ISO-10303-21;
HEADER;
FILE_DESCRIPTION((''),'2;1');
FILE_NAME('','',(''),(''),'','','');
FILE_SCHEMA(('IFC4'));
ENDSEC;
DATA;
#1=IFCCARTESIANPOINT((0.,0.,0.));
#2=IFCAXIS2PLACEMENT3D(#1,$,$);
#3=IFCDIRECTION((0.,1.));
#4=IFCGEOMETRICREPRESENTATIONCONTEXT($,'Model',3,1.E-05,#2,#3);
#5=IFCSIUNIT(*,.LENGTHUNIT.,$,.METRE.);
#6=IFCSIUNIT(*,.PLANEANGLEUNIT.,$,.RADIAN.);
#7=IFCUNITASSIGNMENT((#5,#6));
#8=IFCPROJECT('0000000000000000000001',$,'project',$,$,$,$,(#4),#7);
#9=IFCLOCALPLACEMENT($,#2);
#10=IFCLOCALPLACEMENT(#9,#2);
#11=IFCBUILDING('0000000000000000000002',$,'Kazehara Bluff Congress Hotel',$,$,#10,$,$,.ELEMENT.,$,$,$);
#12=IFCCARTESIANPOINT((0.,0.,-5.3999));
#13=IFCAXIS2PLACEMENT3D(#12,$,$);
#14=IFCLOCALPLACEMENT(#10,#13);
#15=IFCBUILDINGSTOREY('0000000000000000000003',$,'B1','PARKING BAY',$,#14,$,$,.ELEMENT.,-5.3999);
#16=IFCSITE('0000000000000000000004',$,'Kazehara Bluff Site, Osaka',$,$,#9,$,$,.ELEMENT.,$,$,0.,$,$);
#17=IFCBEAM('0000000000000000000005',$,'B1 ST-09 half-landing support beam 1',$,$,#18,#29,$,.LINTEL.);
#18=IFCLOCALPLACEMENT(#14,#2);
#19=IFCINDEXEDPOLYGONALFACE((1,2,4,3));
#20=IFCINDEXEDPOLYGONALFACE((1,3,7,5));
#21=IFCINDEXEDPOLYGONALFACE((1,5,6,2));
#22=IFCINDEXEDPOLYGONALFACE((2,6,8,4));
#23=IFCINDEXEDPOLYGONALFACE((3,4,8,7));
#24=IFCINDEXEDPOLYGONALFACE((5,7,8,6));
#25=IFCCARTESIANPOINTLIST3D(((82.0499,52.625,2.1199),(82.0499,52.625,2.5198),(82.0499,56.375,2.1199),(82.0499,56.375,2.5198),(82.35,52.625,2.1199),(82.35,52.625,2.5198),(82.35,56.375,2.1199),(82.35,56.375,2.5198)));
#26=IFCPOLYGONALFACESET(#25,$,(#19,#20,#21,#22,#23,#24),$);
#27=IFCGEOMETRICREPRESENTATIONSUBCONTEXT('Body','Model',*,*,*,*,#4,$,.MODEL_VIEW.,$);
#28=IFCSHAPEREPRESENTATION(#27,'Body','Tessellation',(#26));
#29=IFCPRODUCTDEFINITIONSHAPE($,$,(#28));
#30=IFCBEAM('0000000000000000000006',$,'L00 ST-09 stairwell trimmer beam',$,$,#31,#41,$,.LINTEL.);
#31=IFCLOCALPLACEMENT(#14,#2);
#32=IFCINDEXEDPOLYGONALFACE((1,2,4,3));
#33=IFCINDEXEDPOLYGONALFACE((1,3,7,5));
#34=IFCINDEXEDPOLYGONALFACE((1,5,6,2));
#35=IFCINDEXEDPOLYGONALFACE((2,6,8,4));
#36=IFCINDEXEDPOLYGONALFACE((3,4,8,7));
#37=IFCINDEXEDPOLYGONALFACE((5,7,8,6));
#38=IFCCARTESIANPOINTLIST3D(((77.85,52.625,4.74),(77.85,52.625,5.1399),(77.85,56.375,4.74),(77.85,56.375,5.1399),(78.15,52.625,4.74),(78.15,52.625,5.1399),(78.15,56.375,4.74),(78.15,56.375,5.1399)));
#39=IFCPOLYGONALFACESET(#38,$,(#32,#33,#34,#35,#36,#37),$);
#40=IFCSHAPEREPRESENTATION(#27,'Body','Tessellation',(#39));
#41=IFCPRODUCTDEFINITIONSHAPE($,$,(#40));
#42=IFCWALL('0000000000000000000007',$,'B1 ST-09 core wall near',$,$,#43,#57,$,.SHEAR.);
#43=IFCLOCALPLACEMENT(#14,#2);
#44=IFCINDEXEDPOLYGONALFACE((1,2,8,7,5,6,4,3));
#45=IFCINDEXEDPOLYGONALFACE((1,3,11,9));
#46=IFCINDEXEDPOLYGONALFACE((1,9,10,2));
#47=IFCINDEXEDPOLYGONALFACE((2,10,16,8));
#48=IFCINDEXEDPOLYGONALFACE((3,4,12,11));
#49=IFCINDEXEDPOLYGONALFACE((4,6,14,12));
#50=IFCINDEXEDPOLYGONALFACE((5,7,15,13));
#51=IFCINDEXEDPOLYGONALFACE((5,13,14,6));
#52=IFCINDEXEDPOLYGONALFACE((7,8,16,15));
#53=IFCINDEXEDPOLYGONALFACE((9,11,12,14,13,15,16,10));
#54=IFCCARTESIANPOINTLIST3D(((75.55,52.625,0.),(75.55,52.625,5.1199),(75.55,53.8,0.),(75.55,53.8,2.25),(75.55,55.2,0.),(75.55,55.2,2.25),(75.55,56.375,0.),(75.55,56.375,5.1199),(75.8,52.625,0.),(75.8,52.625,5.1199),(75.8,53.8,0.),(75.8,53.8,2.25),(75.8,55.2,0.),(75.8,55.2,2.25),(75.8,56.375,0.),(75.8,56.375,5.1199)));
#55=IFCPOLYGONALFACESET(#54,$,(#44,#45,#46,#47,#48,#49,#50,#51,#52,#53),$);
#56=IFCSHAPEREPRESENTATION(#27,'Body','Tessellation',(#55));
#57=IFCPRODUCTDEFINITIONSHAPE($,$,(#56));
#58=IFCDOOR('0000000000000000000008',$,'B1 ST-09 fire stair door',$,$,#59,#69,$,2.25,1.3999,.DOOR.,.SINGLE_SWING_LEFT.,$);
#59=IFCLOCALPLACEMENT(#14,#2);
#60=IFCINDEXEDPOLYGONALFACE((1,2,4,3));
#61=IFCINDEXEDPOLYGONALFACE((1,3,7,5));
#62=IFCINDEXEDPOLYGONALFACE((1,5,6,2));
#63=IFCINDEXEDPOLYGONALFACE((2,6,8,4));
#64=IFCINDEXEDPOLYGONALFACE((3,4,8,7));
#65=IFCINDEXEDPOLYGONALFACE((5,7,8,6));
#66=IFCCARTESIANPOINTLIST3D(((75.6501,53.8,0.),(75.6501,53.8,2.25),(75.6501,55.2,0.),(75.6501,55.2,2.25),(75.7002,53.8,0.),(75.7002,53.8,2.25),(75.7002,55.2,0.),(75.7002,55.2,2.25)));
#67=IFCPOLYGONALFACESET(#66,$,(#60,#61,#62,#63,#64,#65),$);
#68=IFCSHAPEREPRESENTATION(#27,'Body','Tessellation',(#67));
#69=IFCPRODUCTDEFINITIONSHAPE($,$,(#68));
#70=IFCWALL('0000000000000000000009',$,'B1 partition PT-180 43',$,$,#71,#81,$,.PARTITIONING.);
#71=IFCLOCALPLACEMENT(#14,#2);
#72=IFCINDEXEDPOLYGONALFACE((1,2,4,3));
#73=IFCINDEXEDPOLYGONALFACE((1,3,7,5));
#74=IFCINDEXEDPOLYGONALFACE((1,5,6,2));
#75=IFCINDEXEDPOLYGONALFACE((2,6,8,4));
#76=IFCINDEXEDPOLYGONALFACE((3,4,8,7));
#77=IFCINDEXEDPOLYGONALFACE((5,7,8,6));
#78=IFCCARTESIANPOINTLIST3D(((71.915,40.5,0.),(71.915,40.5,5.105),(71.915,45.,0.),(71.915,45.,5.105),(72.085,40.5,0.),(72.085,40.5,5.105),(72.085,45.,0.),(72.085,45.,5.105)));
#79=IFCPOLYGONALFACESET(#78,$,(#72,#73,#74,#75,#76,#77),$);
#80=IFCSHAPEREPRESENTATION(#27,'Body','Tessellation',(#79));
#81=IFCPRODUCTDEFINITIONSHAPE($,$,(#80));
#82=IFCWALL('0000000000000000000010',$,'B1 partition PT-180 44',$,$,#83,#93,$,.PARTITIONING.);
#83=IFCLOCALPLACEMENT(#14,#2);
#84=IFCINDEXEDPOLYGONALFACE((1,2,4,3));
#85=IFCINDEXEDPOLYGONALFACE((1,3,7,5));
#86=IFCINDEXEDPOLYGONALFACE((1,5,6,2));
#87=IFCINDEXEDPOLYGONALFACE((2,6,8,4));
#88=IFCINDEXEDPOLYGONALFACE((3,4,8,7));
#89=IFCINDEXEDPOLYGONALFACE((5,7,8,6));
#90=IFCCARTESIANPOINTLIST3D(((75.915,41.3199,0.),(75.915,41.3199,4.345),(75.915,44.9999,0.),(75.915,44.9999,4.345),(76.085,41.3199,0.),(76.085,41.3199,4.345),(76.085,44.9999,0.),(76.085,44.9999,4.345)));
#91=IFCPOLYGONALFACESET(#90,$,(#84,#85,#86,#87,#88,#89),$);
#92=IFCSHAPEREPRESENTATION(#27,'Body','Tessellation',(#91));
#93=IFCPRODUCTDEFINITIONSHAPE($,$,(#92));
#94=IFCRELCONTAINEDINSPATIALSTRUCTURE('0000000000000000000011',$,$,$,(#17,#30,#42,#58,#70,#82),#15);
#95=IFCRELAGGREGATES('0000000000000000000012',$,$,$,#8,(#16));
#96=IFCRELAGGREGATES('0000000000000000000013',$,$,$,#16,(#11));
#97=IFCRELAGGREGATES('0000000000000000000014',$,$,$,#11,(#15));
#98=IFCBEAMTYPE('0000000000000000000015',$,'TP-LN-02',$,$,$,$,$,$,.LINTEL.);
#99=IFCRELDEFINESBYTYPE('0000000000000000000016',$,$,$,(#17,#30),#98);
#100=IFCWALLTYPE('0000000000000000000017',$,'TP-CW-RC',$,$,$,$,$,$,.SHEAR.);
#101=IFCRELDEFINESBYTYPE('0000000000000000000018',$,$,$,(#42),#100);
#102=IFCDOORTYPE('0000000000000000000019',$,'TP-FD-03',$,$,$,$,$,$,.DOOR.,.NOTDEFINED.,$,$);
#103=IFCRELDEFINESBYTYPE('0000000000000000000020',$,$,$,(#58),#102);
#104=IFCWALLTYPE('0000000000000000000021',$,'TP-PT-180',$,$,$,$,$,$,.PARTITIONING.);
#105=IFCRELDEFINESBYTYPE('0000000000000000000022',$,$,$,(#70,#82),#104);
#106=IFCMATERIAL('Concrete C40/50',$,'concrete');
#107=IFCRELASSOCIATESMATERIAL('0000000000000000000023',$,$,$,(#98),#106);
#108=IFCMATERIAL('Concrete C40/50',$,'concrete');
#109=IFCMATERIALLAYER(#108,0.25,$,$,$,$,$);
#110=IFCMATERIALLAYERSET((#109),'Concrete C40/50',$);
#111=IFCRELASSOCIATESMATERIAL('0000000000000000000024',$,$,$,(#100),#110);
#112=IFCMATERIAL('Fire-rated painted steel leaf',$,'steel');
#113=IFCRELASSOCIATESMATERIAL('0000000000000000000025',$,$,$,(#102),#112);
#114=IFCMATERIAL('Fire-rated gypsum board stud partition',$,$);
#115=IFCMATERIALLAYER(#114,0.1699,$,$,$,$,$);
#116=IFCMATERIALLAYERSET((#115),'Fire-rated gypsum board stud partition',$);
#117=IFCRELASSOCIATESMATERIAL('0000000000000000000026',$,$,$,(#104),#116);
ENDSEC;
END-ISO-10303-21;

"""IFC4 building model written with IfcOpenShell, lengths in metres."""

from ifc_helpers import new_model, si_unit, direction, frame, frame_2d, origin, origin_2d, place, context, subcontext, project, spatial, rectangle, extrude, material, layer, layer_set, material_profile, profile_set, type_object, element, fill, save


model = new_model("IFC4")

# Units and contexts
model_context = context("Model", 3, precision=1e-05, world=origin(), true_north=direction((0.0, 1.0)))
body_context = subcontext(model_context, "Body", "Model", "MODEL_VIEW")
ifc_project = project(units=[si_unit("LENGTHUNIT", "METRE"), si_unit("PLANEANGLEUNIT", "RADIAN")], contexts=[model_context])

# Site, building, storey
site_placement = place(None, origin())
site = spatial("IfcSite", under=ifc_project, at=site_placement, Name="Kazehara Bluff Site, Osaka", CompositionType="ELEMENT", RefElevation=0.0)
building_placement = place(site_placement, origin())
building = spatial("IfcBuilding", under=site, at=building_placement, Name="Kazehara Bluff Congress Hotel", CompositionType="ELEMENT")
storey_placement = place(building_placement, frame((0.0, 0.0, -5.3999)))
storey = spatial("IfcBuildingStorey", under=building, at=storey_placement, Name="B1", Description="PARKING BAY", CompositionType="ELEMENT", Elevation=-5.3999)

# Beams
ifc_material_1 = material(Name="Concrete C40/50", Category="concrete")
ifc_material_profile_1 = material_profile(ifc_material_1, rectangle(XDim=0.3, YDim=0.3999, at=origin_2d()))
ifc_profile_set_1 = profile_set([ifc_material_profile_1], Name="Concrete C40/50")
beam_type_1 = type_object("IfcBeamType", Name="TP-LN-02", PredefinedType="LINTEL", material=ifc_profile_set_1)
for number, where, z_axis, x_axis, name in (
    (1, (82.2, 52.625, 2.3198), (0.0, 1.0, 0.0), (-1.0, 0.0, 0.0), "B1 ST-09 half-landing support beam 1"),
    (2, (78.0, 52.625, 4.9399), (0.0, 1.0, 0.0), (-1.0, 0.0, 0.0), "L00 ST-09 stairwell trimmer beam"),
):
    element("IfcBeam", number, at=place(storey_placement, frame(where, z_axis=z_axis, x_axis=x_axis)), inside=storey, type_object=beam_type_1, Name=name, PredefinedType="LINTEL", context=body_context, shape_type="SweptSolid", body=[
        extrude(rectangle(XDim=0.3, YDim=0.3999, at=origin_2d()), origin(), (0.0, 0.0, 1.0), 3.75),
    ])

# Wall, opening, door
ifc_material_2 = material(Name="Concrete C40/50", Category="concrete")
ifc_layer_1 = layer(ifc_material_2, 0.25)
ifc_layer_set_1 = layer_set([ifc_layer_1], Name="Concrete C40/50")
wall_type_1 = type_object("IfcWallType", Name="TP-CW-RC", PredefinedType="SHEAR", material=ifc_layer_set_1)
wall_1_placement = place(storey_placement, frame((75.675, 52.625, 0.0), z_axis=(0.0, 0.0, 1.0), x_axis=(0.0, 1.0, 0.0)))
wall_1 = element("IfcWall", 3, at=wall_1_placement, inside=storey, type_object=wall_type_1, Name="B1 ST-09 core wall near", PredefinedType="SHEAR", context=body_context, shape_type="SweptSolid", body=[
    extrude(rectangle(XDim=3.75, YDim=0.25, at=frame_2d((1.875, 0.0))), origin(), (0.0, 0.0, 1.0), 5.1199),
])
opening_placement = place(wall_1_placement, frame((1.175, 0.0, 0.0)))
opening = element("IfcOpeningElement", 4, at=opening_placement, cuts=wall_1, PredefinedType="OPENING", context=body_context, shape_type="SweptSolid", body=[
    extrude(rectangle(XDim=1.3999, YDim=2.25, at=frame_2d((0.7, 1.125))), frame((0.0, 0.135, 0.0), z_axis=(0.0, -1.0, 0.0), x_axis=(1.0, 0.0, 0.0)), (0.0, 0.0, 1.0), 0.27),
])
ifc_material_3 = material(Name="Fire-rated painted steel leaf", Category="steel")
door_type = type_object("IfcDoorType", Name="TP-FD-03", OperationType="NOTDEFINED", PredefinedType="DOOR", material=ifc_material_3)
door_placement = place(opening_placement, origin())
door = element("IfcDoor", 5, at=door_placement, inside=storey, type_object=door_type, Name="B1 ST-09 fire stair door", OperationType="SINGLE_SWING_LEFT", OverallHeight=2.25, OverallWidth=1.3999, PredefinedType="DOOR", context=body_context, shape_type="SweptSolid", body=[
    extrude(rectangle(XDim=1.3999, YDim=2.25, at=frame_2d((0.7, 1.125))), frame((0.0, 0.0249, 0.0), z_axis=(0.0, -1.0, 0.0), x_axis=(1.0, 0.0, 0.0)), (0.0, 0.0, 1.0), 0.05),
])
fill(opening, door)

# Walls
ifc_material_4 = material(Name="Fire-rated gypsum board stud partition")
ifc_layer_2 = layer(ifc_material_4, 0.1699)
ifc_layer_set_2 = layer_set([ifc_layer_2], Name="Fire-rated gypsum board stud partition")
wall_type_2 = type_object("IfcWallType", Name="TP-PT-180", PredefinedType="PARTITIONING", material=ifc_layer_set_2)
wall_2_placement = place(storey_placement, frame((72.0, 40.5, 0.0), z_axis=(0.0, 0.0, 1.0), x_axis=(0.0, 1.0, 0.0)))
element("IfcWall", 6, at=wall_2_placement, inside=storey, type_object=wall_type_2, Name="B1 partition PT-180 43", PredefinedType="PARTITIONING", context=body_context, shape_type="SweptSolid", body=[
    extrude(rectangle(XDim=4.5, YDim=0.1699, at=frame_2d((2.25, 0.0))), origin(), (0.0, 0.0, 1.0), 5.105),
])
wall_3_placement = place(storey_placement, frame((76.0, 41.3201, 0.0), z_axis=(0.0, 0.0, 1.0), x_axis=(0.0, 1.0, 0.0)))
element("IfcWall", 7, at=wall_3_placement, inside=storey, type_object=wall_type_2, Name="B1 partition PT-180 44", PredefinedType="PARTITIONING", context=body_context, shape_type="SweptSolid", body=[
    extrude(rectangle(XDim=3.6799, YDim=0.1699, at=frame_2d((1.8398, 0.0))), origin(), (0.0, 0.0, 1.0), 4.345),
])

save(model, "model.ifc")
